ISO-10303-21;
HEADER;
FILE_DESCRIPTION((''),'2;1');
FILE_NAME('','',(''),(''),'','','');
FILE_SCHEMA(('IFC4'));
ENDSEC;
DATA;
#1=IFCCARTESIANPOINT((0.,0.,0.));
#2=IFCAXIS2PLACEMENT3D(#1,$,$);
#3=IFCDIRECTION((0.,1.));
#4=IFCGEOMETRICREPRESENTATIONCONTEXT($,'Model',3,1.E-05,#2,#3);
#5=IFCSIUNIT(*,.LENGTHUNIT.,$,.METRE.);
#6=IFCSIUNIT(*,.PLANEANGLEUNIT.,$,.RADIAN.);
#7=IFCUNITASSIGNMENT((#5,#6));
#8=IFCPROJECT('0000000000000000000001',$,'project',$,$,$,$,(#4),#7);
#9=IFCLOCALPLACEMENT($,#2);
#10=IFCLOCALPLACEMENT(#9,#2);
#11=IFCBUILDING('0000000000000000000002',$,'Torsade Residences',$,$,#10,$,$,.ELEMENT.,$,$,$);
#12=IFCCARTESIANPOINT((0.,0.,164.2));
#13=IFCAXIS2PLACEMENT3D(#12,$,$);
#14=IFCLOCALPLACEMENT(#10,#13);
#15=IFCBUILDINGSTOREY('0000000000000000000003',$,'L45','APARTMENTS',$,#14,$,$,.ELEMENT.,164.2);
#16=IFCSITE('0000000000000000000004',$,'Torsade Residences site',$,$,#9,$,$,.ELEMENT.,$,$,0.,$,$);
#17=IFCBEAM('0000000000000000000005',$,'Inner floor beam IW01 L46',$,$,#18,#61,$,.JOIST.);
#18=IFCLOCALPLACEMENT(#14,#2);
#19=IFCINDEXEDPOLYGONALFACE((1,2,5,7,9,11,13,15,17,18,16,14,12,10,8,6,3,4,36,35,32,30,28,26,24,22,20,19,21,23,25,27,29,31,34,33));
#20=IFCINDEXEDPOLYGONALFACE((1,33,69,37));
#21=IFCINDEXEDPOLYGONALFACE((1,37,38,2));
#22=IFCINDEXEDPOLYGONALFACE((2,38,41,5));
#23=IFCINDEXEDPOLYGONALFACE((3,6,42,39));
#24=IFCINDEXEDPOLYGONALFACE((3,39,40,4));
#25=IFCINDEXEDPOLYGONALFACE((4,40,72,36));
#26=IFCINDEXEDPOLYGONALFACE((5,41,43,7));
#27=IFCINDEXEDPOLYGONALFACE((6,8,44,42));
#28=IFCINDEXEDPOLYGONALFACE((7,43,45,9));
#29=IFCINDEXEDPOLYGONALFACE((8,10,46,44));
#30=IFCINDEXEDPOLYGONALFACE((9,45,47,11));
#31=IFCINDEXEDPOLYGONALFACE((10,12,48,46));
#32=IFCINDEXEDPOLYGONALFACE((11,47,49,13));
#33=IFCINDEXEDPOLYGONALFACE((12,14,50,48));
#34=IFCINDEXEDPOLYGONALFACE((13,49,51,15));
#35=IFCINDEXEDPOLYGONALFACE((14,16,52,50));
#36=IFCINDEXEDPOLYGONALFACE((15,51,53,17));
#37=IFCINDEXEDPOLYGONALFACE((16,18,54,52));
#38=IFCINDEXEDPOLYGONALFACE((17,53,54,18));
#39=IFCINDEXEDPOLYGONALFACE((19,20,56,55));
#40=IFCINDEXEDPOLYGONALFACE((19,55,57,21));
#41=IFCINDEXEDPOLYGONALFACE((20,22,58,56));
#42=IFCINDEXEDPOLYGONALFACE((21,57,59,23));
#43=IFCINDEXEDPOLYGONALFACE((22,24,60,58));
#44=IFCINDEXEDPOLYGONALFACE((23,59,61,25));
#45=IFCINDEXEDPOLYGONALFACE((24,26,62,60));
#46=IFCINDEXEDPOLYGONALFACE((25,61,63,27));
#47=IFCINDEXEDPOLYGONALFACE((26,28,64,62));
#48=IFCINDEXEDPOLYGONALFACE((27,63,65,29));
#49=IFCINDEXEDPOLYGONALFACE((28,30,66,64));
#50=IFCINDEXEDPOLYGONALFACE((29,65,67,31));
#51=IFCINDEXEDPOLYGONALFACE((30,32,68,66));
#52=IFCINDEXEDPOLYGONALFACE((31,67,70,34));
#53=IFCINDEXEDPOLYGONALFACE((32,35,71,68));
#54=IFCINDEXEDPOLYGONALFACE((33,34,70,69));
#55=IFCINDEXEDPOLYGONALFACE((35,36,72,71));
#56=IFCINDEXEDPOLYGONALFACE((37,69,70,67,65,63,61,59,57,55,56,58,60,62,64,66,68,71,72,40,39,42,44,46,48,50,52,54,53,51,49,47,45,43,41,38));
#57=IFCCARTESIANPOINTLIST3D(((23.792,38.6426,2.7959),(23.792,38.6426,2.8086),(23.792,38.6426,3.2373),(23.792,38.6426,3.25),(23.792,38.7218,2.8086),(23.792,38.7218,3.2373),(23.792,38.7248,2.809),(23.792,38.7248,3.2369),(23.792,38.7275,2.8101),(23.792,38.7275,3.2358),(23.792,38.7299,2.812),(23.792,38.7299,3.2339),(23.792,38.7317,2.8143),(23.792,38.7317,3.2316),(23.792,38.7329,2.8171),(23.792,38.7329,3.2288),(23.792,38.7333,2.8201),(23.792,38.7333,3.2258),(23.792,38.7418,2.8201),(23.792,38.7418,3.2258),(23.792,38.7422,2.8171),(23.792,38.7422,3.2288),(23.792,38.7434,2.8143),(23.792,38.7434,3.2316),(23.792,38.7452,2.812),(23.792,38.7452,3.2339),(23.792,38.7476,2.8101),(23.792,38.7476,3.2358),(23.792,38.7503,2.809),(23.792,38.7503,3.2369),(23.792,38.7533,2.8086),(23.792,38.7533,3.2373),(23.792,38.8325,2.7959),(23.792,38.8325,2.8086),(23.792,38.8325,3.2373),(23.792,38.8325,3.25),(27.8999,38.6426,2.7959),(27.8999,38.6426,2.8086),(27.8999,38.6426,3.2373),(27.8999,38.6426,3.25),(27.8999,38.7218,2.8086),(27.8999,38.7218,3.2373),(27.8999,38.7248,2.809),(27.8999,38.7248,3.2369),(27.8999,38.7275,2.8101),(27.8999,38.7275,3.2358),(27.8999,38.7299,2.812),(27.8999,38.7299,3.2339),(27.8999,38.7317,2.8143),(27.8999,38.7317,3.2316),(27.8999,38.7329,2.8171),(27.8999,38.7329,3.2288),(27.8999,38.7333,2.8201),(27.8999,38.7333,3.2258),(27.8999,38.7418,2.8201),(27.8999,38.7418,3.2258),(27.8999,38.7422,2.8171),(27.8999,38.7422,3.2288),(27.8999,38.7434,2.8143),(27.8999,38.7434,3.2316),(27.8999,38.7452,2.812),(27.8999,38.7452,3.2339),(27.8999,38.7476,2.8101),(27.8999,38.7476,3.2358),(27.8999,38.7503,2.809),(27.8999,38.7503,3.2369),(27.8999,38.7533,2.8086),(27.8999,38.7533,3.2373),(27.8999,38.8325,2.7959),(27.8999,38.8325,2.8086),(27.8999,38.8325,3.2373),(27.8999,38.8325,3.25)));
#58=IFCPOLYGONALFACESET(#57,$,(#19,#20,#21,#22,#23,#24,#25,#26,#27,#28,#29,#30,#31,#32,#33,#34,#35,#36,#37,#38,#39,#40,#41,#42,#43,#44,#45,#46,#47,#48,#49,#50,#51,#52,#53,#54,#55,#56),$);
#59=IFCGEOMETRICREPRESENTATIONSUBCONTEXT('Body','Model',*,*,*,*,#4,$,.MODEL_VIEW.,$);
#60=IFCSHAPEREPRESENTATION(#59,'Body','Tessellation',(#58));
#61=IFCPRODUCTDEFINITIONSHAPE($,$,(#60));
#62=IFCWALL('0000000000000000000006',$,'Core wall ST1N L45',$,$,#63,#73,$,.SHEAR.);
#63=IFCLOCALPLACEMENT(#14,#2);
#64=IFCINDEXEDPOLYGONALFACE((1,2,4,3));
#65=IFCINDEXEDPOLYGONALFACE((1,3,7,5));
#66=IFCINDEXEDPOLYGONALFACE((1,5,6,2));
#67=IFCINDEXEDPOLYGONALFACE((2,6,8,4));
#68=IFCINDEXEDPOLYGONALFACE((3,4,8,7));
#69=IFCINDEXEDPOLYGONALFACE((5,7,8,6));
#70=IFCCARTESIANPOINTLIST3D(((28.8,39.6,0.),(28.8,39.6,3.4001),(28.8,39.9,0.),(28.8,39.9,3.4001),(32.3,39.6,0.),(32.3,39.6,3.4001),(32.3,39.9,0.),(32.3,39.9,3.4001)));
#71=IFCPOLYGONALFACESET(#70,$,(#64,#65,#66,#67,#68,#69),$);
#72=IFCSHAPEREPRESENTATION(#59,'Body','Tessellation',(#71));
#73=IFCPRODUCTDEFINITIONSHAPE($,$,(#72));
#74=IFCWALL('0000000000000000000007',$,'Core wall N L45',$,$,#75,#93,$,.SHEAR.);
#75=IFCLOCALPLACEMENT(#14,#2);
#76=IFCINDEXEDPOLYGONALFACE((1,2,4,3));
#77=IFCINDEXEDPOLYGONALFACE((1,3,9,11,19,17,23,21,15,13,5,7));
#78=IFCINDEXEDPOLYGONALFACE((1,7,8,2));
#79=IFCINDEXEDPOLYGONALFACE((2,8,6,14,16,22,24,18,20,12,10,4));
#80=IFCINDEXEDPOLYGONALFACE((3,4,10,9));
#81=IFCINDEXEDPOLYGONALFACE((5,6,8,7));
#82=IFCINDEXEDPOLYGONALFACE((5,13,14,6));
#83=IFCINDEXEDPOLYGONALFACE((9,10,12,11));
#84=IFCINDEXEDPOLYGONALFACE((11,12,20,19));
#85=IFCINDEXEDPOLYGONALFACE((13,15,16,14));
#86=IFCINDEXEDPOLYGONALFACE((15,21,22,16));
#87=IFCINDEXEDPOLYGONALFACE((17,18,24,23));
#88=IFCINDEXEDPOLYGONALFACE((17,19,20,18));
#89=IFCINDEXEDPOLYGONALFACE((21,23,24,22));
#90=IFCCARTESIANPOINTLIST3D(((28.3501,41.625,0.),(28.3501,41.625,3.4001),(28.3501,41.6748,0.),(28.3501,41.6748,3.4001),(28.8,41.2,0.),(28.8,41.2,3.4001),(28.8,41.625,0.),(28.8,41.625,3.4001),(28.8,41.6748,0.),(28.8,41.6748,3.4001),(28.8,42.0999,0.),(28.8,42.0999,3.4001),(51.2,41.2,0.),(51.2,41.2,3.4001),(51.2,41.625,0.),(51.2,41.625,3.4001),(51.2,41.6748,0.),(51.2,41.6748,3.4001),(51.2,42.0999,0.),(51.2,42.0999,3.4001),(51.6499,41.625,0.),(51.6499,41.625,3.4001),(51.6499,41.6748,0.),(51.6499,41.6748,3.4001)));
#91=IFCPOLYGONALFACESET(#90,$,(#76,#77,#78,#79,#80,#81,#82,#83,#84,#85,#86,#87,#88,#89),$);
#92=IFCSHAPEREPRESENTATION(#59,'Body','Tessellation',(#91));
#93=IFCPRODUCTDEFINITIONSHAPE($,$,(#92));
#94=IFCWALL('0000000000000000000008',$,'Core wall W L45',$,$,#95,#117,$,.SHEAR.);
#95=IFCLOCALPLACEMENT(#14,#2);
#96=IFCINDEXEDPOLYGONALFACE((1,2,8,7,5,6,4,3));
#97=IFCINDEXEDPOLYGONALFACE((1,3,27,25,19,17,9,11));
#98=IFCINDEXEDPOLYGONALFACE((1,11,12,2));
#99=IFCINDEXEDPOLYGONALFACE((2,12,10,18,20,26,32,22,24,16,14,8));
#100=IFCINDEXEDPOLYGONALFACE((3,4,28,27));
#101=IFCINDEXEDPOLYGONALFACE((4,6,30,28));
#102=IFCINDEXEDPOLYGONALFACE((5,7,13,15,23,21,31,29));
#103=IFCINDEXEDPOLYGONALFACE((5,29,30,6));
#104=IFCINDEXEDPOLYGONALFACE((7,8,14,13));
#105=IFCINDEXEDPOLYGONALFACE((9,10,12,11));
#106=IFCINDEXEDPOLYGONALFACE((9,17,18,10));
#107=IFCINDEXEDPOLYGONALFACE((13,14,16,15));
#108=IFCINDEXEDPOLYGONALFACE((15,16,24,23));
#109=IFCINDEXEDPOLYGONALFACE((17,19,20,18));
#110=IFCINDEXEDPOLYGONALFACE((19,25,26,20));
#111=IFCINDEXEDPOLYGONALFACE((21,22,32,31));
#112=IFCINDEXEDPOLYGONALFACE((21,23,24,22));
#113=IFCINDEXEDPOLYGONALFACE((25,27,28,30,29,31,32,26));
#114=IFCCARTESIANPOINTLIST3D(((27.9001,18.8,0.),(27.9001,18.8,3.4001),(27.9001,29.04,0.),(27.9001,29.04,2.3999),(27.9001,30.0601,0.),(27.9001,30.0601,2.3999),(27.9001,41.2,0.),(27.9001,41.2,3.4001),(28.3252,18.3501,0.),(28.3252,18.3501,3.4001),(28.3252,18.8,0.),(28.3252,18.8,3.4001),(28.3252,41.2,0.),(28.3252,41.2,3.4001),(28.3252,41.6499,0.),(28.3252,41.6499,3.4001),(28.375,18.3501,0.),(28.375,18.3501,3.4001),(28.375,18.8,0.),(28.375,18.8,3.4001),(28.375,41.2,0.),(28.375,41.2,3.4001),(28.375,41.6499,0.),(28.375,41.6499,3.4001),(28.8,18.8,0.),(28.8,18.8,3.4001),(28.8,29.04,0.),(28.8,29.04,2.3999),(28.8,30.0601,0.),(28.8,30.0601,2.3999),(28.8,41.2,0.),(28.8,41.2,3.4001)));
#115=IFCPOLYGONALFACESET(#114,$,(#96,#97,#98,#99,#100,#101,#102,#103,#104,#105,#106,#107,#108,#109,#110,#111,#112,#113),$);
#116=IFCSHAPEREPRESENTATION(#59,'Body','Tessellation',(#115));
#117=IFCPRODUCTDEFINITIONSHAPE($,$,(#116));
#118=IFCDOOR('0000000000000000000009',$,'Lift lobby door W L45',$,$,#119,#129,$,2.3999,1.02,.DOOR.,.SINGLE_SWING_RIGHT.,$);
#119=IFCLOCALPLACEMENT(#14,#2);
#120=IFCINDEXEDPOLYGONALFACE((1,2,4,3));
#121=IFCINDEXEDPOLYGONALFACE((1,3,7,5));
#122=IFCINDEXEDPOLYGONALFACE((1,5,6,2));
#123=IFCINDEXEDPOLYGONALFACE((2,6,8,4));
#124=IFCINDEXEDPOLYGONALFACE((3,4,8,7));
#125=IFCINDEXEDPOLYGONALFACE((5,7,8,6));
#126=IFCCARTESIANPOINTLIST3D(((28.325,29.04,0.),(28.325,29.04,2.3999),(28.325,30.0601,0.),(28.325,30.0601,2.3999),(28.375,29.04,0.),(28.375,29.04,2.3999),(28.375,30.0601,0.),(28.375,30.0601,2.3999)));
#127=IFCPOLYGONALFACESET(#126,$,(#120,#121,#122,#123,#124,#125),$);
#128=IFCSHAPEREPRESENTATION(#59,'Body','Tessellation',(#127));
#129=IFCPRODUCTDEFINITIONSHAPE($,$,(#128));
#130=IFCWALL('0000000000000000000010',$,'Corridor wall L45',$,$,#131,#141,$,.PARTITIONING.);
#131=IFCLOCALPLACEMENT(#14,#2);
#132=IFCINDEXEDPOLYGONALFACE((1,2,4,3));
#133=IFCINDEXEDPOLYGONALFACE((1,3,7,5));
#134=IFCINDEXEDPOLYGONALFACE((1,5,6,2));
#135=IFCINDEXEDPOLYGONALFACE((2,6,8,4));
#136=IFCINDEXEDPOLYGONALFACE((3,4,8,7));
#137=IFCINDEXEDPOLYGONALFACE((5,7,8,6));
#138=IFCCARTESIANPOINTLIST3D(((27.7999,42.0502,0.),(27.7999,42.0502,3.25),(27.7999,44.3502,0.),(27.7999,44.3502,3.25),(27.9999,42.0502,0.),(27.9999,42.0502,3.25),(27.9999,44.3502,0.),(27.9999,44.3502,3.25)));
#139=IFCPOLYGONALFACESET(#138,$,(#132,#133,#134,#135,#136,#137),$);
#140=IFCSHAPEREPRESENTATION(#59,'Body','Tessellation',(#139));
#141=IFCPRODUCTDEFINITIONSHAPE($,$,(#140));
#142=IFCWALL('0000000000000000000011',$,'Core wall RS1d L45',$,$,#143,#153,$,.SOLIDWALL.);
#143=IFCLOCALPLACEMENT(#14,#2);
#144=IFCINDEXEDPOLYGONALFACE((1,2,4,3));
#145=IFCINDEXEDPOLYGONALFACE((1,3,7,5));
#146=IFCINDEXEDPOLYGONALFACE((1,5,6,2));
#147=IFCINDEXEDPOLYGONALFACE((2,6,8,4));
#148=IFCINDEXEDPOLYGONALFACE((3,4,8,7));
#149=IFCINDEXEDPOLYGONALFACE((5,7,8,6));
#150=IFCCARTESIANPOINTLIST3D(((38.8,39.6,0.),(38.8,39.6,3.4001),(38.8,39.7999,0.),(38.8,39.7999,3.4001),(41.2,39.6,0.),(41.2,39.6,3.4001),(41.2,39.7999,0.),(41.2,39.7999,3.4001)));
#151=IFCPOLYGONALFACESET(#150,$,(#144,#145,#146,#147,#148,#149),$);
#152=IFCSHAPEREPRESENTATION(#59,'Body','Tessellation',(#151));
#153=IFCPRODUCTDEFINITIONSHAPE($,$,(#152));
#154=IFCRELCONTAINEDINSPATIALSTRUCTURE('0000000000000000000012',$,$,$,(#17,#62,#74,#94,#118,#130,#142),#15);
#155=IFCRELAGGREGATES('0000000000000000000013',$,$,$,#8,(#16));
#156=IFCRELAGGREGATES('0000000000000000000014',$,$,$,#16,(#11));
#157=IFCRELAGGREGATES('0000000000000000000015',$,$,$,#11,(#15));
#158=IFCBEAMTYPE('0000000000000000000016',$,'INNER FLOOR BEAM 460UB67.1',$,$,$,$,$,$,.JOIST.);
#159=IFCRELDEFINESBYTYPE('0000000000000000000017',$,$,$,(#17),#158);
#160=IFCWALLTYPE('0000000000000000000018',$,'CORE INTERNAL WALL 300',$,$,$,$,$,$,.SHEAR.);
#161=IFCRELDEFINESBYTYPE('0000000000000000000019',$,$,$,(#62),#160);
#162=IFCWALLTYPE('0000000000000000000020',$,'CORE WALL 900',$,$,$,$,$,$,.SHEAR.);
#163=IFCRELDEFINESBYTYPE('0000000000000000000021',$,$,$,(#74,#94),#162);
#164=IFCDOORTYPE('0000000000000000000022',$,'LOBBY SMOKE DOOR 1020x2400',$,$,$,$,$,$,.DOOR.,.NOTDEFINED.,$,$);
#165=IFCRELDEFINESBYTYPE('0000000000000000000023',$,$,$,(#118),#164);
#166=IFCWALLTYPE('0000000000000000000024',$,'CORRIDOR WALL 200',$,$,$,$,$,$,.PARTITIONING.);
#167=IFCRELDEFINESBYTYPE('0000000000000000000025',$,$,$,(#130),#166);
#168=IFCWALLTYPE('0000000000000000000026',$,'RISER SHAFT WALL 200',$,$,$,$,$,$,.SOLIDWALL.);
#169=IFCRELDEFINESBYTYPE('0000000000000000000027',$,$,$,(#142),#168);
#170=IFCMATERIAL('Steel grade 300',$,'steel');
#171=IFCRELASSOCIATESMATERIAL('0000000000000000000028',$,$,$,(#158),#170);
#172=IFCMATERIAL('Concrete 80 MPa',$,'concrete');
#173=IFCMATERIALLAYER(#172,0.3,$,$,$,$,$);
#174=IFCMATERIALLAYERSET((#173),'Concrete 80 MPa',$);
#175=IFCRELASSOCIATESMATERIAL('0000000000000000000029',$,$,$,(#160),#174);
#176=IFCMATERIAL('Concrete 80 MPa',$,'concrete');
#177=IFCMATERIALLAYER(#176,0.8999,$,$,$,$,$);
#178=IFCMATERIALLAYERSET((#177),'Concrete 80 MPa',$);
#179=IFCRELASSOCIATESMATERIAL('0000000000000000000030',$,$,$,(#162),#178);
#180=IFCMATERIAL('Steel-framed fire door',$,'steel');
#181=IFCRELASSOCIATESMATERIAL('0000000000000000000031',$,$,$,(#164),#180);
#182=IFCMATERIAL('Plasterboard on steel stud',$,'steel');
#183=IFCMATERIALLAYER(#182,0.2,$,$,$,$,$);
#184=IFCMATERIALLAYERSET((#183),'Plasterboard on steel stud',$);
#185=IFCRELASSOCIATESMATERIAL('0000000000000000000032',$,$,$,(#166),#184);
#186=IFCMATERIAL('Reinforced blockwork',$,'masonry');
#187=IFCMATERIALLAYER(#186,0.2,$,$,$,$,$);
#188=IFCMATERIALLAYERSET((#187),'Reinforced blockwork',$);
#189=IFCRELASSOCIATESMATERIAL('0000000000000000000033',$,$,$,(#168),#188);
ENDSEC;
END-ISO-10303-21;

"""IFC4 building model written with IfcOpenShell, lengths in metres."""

from ifc_helpers import new_model, si_unit, direction, frame, frame_2d, origin, origin_2d, place, context, subcontext, project, spatial, polyline, rectangle, i_section, outline, extrude, material, layer, layer_set, material_profile, profile_set, type_object, element, fill, save


model = new_model("IFC4")

# Units and contexts
model_context = context("Model", 3, precision=1e-05, world=origin(), true_north=direction((0.0, 1.0)))
body_context = subcontext(model_context, "Body", "Model", "MODEL_VIEW")
ifc_project = project(units=[si_unit("LENGTHUNIT", "METRE"), si_unit("PLANEANGLEUNIT", "RADIAN")], contexts=[model_context])

# Site, building, storey
site_placement = place(None, origin())
site = spatial("IfcSite", under=ifc_project, at=site_placement, Name="Torsade Residences site", CompositionType="ELEMENT", RefElevation=0.0)
building_placement = place(site_placement, origin())
building = spatial("IfcBuilding", under=site, at=building_placement, Name="Torsade Residences", CompositionType="ELEMENT")
storey_placement = place(building_placement, frame((0.0, 0.0, 164.2)))
storey = spatial("IfcBuildingStorey", under=building, at=storey_placement, Name="L45", Description="APARTMENTS", CompositionType="ELEMENT", Elevation=164.2)

# Beam
ifc_material_1 = material(Name="Steel grade 300", Category="steel")
ifc_material_profile_1 = material_profile(ifc_material_1, i_section(OverallWidth=0.1899, OverallDepth=0.4541, WebThickness=0.0085, FlangeThickness=0.0127, FilletRadius=0.0115, at=origin_2d()), Name="460UB67.1")
ifc_profile_set_1 = profile_set([ifc_material_profile_1], Name="Steel grade 300")
beam_type = type_object("IfcBeamType", Name="INNER FLOOR BEAM 460UB67.1", PredefinedType="JOIST", material=ifc_profile_set_1)
beam_1_placement = place(storey_placement, frame((27.8999, 38.7375, 3.0229), z_axis=(-1.0, 0.0, 0.0), x_axis=(0.0, -1.0, 0.0)))
element("IfcBeam", 1, at=beam_1_placement, inside=storey, type_object=beam_type, Name="Inner floor beam IW01 L46", PredefinedType="JOIST", context=body_context, shape_type="SweptSolid", body=[
    extrude(i_section(OverallWidth=0.1899, OverallDepth=0.4541, WebThickness=0.0085, FlangeThickness=0.0127, FilletRadius=0.0115, at=origin_2d()), origin(), (0.0, 0.0, 1.0), 4.1079),
])

# Walls
ifc_material_2 = material(Name="Concrete 80 MPa", Category="concrete")
ifc_layer_1 = layer(ifc_material_2, 0.3)
ifc_layer_set_1 = layer_set([ifc_layer_1], Name="Concrete 80 MPa")
wall_type_1 = type_object("IfcWallType", Name="CORE INTERNAL WALL 300", PredefinedType="SHEAR", material=ifc_layer_set_1)
wall_1_placement = place(storey_placement, frame((28.8, 39.75, 0.0), z_axis=(0.0, 0.0, 1.0), x_axis=(1.0, 0.0, 0.0)))
element("IfcWall", 2, at=wall_1_placement, inside=storey, type_object=wall_type_1, Name="Core wall ST1N L45", PredefinedType="SHEAR", context=body_context, shape_type="SweptSolid", body=[
    extrude(rectangle(XDim=3.5, YDim=0.3, at=frame_2d((1.75, 0.0))), origin(), (0.0, 0.0, 1.0), 3.4001),
])
ifc_material_3 = material(Name="Concrete 80 MPa", Category="concrete")
ifc_layer_2 = layer(ifc_material_3, 0.8999)
ifc_layer_set_2 = layer_set([ifc_layer_2], Name="Concrete 80 MPa")
wall_type_2 = type_object("IfcWallType", Name="CORE WALL 900", PredefinedType="SHEAR", material=ifc_layer_set_2)
wall_2_placement = place(storey_placement, frame((28.8, 41.6499, 0.0), z_axis=(0.0, 0.0, 1.0), x_axis=(1.0, 0.0, 0.0)))
element("IfcWall", 3, at=wall_2_placement, inside=storey, type_object=wall_type_2, Name="Core wall N L45", PredefinedType="SHEAR", context=body_context, shape_type="SweptSolid", body=[
    extrude(outline(polyline([(0.0, -0.45), (22.3999, -0.45), (22.3999, -0.0249), (22.8499, -0.0249), (22.8499, 0.0249), (22.3999, 0.0249), (22.3999, 0.45), (0.0, 0.45), (0.0, 0.0249), (-0.45, 0.0249), (-0.45, -0.0249), (0.0, -0.0249), (0.0, -0.45)])), origin(), (0.0, 0.0, 1.0), 3.4001),
])

# Wall, opening, door
wall_3_placement = place(storey_placement, frame((28.3501, 41.2, 0.0), z_axis=(0.0, 0.0, 1.0), x_axis=(0.0, -1.0, 0.0)))
wall_3 = element("IfcWall", 4, at=wall_3_placement, inside=storey, type_object=wall_type_2, Name="Core wall W L45", PredefinedType="SHEAR", context=body_context, shape_type="SweptSolid", body=[
    extrude(outline(polyline([(0.0, -0.45), (22.3999, -0.45), (22.3999, -0.0249), (22.8499, -0.0249), (22.8499, 0.0249), (22.3999, 0.0249), (22.3999, 0.45), (0.0, 0.45), (0.0, 0.0249), (-0.45, 0.0249), (-0.45, -0.0249), (0.0, -0.0249), (0.0, -0.45)])), origin(), (0.0, 0.0, 1.0), 3.4001),
])
opening_1_placement = place(wall_3_placement, frame((11.1399, 0.0, 0.0)))
opening_1 = element("IfcOpeningElement", 5, at=opening_1_placement, cuts=wall_3, PredefinedType="OPENING", context=body_context, shape_type="SweptSolid", body=[
    extrude(rectangle(XDim=1.02, YDim=2.3999, at=frame_2d((0.51, 1.2))), frame((0.0, 0.46, 0.0), z_axis=(0.0, -1.0, 0.0), x_axis=(1.0, 0.0, 0.0)), (0.0, 0.0, 1.0), 0.9199),
])
ifc_material_4 = material(Name="Steel-framed fire door", Category="steel")
door_type_1 = type_object("IfcDoorType", Name="LOBBY SMOKE DOOR 1020x2400", OperationType="NOTDEFINED", PredefinedType="DOOR", material=ifc_material_4)
door_1_placement = place(opening_1_placement, origin())
door_1 = element("IfcDoor", 6, at=door_1_placement, inside=storey, type_object=door_type_1, Name="Lift lobby door W L45", OperationType="SINGLE_SWING_RIGHT", OverallHeight=2.3999, OverallWidth=1.02, PredefinedType="DOOR", context=body_context, shape_type="SweptSolid", body=[
    extrude(rectangle(XDim=1.02, YDim=2.3999, at=frame_2d((0.51, 1.2))), frame((0.0, 0.0249, 0.0), z_axis=(0.0, -1.0, 0.0), x_axis=(1.0, 0.0, 0.0)), (0.0, 0.0, 1.0), 0.05),
])
fill(opening_1, door_1)

# Walls
ifc_material_5 = material(Name="Plasterboard on steel stud", Category="steel")
ifc_layer_3 = layer(ifc_material_5, 0.2)
ifc_layer_set_3 = layer_set([ifc_layer_3], Name="Plasterboard on steel stud")
wall_type_3 = type_object("IfcWallType", Name="CORRIDOR WALL 200", PredefinedType="PARTITIONING", material=ifc_layer_set_3)
wall_4_placement = place(storey_placement, frame((27.8999, 44.3501, 0.0), z_axis=(0.0, 0.0, 1.0), x_axis=(0.0, -1.0, 0.0)))
element("IfcWall", 7, at=wall_4_placement, inside=storey, type_object=wall_type_3, Name="Corridor wall L45", PredefinedType="PARTITIONING", context=body_context, shape_type="SweptSolid", body=[
    extrude(rectangle(XDim=2.3, YDim=0.2, at=frame_2d((1.1499, 0.0))), origin(), (0.0, 0.0, 1.0), 3.25),
])
ifc_material_6 = material(Name="Reinforced blockwork", Category="masonry")
ifc_layer_4 = layer(ifc_material_6, 0.2)
ifc_layer_set_4 = layer_set([ifc_layer_4], Name="Reinforced blockwork")
wall_type_4 = type_object("IfcWallType", Name="RISER SHAFT WALL 200", PredefinedType="SOLIDWALL", material=ifc_layer_set_4)
wall_5_placement = place(storey_placement, frame((38.8, 39.7, 0.0), z_axis=(0.0, 0.0, 1.0), x_axis=(1.0, 0.0, 0.0)))
element("IfcWall", 8, at=wall_5_placement, inside=storey, type_object=wall_type_4, Name="Core wall RS1d L45", PredefinedType="SOLIDWALL", context=body_context, shape_type="SweptSolid", body=[
    extrude(rectangle(XDim=2.3999, YDim=0.2, at=frame_2d((1.2, 0.0))), origin(), (0.0, 0.0, 1.0), 3.4001),
])

save(model, "model.ifc")
